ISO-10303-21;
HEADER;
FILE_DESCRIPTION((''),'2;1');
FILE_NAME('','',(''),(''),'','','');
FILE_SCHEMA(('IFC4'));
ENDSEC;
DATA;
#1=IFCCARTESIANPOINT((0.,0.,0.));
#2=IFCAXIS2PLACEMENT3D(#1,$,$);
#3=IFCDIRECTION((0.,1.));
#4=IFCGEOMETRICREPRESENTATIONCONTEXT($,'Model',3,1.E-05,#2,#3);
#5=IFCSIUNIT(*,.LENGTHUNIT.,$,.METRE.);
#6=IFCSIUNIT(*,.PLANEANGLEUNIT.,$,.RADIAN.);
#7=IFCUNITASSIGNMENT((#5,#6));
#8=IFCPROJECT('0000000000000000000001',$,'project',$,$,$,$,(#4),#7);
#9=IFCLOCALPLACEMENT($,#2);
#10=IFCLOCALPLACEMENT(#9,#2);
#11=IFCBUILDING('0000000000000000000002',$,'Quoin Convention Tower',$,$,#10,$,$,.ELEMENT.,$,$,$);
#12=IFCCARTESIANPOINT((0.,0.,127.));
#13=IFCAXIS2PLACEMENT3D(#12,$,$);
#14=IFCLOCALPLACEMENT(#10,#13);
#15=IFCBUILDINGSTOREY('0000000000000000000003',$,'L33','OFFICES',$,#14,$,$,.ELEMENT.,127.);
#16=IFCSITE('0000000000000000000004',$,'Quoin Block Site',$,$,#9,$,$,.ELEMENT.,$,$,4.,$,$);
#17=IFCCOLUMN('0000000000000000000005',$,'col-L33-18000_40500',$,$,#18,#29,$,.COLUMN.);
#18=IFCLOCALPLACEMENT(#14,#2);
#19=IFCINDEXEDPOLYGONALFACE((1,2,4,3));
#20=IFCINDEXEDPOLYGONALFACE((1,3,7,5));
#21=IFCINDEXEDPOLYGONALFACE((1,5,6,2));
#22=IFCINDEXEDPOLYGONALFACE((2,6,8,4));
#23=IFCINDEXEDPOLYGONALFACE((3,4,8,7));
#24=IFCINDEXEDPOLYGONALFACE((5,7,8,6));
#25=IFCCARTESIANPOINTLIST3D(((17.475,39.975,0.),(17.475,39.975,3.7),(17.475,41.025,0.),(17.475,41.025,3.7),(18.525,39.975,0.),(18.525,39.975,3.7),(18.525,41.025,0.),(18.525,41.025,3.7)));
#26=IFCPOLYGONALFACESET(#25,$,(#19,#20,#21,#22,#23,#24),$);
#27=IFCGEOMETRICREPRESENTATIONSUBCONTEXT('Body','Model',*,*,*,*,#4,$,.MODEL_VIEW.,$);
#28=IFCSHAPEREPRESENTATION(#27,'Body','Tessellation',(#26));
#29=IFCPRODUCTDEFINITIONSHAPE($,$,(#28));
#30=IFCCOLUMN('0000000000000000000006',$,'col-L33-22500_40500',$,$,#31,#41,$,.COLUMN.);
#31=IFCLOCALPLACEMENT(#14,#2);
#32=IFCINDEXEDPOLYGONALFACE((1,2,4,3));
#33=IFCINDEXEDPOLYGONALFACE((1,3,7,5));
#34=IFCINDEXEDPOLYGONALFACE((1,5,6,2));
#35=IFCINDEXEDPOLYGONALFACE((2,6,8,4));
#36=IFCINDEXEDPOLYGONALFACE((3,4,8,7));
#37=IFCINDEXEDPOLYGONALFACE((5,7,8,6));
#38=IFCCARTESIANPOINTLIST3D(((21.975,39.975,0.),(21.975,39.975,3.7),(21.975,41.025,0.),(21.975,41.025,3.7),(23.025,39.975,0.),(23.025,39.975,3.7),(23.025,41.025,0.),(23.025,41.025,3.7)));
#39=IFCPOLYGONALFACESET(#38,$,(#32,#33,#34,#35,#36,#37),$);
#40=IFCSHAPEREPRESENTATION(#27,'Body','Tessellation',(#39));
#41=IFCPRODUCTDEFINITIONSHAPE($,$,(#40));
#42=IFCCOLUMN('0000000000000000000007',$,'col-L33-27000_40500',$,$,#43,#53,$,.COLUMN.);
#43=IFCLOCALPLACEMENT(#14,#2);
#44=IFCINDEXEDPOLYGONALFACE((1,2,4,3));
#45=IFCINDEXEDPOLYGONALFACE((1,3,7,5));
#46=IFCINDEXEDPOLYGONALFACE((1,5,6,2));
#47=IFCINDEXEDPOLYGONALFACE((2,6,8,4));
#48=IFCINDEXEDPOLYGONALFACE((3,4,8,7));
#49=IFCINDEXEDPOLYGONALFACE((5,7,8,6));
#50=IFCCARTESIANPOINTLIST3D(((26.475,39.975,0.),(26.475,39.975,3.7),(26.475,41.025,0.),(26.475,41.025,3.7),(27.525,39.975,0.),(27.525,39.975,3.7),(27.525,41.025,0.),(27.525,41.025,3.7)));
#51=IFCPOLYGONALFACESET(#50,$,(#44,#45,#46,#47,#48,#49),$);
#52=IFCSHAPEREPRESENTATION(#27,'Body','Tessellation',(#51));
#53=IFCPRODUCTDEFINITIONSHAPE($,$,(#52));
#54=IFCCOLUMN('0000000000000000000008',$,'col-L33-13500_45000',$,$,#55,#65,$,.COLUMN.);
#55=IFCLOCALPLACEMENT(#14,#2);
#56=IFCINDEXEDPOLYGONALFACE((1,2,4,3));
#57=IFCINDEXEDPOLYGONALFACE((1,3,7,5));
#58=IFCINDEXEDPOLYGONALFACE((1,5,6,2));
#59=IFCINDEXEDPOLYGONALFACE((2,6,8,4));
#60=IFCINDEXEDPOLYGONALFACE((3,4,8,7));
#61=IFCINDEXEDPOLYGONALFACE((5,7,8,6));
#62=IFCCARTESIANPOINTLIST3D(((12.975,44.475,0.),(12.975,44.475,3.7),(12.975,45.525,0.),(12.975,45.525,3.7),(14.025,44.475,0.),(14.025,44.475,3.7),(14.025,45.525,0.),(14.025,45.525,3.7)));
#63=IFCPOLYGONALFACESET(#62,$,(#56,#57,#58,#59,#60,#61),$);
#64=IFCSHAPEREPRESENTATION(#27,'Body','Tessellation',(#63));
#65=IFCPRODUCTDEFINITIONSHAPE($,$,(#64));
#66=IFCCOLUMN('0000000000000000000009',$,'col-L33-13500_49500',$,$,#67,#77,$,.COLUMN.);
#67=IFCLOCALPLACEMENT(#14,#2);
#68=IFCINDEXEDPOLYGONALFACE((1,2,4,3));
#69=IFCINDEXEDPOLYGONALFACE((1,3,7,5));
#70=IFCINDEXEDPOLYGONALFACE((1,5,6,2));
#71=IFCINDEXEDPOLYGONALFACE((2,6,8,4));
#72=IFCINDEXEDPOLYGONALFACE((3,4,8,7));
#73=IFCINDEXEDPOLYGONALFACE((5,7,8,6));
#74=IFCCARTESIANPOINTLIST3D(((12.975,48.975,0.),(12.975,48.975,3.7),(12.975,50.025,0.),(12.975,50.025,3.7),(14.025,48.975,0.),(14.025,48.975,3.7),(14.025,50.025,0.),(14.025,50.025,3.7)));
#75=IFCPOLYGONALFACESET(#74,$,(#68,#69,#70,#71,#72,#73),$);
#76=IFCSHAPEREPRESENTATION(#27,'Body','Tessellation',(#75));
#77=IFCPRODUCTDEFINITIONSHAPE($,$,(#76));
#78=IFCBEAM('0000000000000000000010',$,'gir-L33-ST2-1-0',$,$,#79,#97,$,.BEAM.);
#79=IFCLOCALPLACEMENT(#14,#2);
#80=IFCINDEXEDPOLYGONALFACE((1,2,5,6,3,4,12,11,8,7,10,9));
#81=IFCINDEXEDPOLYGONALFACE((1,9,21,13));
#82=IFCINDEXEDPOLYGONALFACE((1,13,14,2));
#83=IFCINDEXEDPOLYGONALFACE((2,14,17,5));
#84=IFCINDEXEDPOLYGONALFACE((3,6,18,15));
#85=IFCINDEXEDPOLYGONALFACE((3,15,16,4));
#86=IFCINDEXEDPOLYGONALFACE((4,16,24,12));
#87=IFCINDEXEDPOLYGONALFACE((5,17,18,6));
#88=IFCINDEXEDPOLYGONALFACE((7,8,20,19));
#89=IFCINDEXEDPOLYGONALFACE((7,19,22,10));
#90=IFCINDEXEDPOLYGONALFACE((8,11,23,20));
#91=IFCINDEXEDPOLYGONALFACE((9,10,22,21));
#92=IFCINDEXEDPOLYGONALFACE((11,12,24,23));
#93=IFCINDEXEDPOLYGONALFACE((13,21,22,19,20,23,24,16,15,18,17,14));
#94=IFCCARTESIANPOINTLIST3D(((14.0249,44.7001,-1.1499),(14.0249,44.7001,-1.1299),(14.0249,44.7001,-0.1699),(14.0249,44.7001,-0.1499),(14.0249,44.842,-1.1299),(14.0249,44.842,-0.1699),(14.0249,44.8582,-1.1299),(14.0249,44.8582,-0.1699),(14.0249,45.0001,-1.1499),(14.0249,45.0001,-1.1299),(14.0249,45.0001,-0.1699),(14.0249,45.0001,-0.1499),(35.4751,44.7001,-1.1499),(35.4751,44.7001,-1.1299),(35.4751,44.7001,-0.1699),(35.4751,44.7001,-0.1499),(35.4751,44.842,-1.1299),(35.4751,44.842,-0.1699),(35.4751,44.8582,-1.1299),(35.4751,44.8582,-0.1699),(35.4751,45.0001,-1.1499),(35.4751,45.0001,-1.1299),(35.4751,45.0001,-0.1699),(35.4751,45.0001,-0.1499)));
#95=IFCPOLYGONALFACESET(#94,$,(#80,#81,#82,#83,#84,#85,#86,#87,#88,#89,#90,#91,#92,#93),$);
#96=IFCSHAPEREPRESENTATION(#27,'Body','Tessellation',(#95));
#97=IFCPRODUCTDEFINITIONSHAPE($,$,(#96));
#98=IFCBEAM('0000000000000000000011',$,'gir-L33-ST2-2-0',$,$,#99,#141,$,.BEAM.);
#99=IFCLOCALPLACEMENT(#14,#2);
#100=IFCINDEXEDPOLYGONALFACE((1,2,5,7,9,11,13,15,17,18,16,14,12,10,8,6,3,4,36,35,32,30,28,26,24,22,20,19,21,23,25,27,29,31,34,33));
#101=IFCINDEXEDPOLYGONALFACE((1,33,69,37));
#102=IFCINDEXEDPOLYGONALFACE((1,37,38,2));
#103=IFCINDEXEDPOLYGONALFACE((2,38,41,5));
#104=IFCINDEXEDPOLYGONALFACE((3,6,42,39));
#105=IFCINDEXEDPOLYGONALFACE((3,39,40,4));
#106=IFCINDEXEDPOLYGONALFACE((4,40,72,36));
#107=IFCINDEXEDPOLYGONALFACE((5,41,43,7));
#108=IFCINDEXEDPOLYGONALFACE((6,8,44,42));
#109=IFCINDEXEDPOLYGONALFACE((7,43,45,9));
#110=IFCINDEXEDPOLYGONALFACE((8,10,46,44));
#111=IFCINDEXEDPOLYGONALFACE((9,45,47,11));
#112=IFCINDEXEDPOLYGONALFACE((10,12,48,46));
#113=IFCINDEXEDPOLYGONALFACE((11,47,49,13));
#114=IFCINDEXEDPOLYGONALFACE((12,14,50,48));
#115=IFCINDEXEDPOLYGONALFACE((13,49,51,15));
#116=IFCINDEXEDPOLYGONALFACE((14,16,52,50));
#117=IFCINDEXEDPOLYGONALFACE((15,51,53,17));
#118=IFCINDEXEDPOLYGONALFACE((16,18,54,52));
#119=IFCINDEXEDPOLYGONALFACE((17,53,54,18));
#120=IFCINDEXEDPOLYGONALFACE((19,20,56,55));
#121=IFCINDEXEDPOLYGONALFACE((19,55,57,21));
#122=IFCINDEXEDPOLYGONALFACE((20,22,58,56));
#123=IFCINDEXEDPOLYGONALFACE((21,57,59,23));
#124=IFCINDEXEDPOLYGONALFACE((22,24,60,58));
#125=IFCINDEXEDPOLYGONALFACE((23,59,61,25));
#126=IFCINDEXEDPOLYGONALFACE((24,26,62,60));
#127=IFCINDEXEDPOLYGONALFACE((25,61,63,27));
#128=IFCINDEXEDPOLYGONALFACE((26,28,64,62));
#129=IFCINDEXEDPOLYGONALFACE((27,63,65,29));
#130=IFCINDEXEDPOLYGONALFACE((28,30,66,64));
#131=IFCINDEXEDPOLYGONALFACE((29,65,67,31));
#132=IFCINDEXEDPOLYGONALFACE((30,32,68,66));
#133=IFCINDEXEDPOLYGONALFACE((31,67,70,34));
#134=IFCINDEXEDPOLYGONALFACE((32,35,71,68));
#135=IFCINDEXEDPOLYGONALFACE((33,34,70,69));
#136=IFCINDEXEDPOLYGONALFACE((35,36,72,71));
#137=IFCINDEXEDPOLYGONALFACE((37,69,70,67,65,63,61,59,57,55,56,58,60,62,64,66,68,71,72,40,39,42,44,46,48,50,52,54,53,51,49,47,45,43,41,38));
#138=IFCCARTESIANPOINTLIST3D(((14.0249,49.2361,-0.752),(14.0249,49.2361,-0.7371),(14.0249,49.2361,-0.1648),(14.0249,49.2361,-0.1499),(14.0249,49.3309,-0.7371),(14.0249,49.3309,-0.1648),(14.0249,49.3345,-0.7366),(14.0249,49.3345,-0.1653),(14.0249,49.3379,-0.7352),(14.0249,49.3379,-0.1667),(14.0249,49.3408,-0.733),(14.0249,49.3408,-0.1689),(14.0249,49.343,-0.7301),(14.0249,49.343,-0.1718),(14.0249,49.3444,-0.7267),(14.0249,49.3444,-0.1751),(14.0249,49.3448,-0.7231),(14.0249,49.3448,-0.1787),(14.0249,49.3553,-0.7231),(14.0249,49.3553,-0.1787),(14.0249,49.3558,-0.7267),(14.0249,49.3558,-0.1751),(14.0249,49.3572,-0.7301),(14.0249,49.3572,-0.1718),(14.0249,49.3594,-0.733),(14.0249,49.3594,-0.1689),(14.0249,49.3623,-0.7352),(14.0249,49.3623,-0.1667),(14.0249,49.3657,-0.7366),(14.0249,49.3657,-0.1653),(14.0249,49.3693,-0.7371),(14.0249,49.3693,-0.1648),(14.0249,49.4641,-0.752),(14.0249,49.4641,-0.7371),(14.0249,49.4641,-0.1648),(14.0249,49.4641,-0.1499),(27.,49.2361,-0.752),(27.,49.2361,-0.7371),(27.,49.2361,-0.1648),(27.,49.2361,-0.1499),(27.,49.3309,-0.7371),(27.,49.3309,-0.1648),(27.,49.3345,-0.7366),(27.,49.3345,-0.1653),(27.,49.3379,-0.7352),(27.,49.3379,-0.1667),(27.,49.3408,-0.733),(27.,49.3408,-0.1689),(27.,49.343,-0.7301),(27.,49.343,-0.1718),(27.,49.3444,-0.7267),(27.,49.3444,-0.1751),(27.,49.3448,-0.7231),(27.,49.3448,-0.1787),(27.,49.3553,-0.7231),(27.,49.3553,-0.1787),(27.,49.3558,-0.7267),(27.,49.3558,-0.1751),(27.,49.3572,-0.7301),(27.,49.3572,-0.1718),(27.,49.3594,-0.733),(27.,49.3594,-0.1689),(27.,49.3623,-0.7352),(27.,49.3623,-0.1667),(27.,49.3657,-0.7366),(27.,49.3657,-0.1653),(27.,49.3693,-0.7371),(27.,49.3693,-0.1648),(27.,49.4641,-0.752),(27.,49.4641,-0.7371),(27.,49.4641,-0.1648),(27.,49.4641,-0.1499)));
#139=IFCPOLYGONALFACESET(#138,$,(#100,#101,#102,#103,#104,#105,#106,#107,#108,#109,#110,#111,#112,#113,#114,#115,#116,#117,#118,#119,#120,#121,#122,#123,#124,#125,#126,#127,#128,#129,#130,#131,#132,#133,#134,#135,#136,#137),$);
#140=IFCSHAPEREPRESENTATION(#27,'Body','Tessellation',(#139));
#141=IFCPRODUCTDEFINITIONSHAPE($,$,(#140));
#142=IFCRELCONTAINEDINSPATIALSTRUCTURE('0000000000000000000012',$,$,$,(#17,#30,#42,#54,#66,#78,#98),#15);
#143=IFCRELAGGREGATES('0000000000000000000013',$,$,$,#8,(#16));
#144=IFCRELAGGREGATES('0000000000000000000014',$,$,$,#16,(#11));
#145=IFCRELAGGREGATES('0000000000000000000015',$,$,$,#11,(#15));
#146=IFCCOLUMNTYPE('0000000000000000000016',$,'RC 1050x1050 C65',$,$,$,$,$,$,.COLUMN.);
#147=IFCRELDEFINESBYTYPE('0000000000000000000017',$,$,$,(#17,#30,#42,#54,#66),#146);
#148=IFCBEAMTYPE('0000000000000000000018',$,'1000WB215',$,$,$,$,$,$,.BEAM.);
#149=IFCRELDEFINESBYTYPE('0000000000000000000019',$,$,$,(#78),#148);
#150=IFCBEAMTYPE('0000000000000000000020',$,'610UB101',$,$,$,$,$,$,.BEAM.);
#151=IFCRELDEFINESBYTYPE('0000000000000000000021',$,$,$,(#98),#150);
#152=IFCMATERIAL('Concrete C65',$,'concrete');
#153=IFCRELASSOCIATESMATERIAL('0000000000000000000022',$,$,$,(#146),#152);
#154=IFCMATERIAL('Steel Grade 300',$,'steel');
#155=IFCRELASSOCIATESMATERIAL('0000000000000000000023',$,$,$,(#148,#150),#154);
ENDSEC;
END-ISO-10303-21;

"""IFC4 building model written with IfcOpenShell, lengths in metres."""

from ifc_helpers import new_model, si_unit, direction, frame, origin, origin_2d, place, context, subcontext, project, spatial, rectangle, i_section, extrude, material, material_profile, profile_set, type_object, element, save


model = new_model("IFC4")

# Units and contexts
model_context = context("Model", 3, precision=1e-05, world=origin(), true_north=direction((0.0, 1.0)))
body_context = subcontext(model_context, "Body", "Model", "MODEL_VIEW")
ifc_project = project(units=[si_unit("LENGTHUNIT", "METRE"), si_unit("PLANEANGLEUNIT", "RADIAN")], contexts=[model_context])

# Site, building, storey
site_placement = place(None, origin())
site = spatial("IfcSite", under=ifc_project, at=site_placement, Name="Quoin Block Site", CompositionType="ELEMENT", RefElevation=4.0)
building_placement = place(site_placement, origin())
building = spatial("IfcBuilding", under=site, at=building_placement, Name="Quoin Convention Tower", CompositionType="ELEMENT")
storey_placement = place(building_placement, frame((0.0, 0.0, 127.0)))
storey = spatial("IfcBuildingStorey", under=building, at=storey_placement, Name="L33", Description="OFFICES", CompositionType="ELEMENT", Elevation=127.0)

# Columns
ifc_material_1 = material(Name="Concrete C65", Category="concrete")
ifc_material_profile_1 = material_profile(ifc_material_1, rectangle(XDim=1.05, YDim=1.05, at=origin_2d()), Name="RC 1050x1050")
ifc_profile_set_1 = profile_set([ifc_material_profile_1], Name="Concrete C65")
column_type = type_object("IfcColumnType", Name="RC 1050x1050 C65", PredefinedType="COLUMN", material=ifc_profile_set_1)
for number, where, z_axis, x_axis, name in (
    (1, (18.0, 40.5, 0.0), (0.0, 0.0, 1.0), (1.0, 0.0, 0.0), "col-L33-18000_40500"),
    (2, (22.5, 40.5, 0.0), (0.0, 0.0, 1.0), (1.0, 0.0, 0.0), "col-L33-22500_40500"),
    (3, (27.0, 40.5, 0.0), (0.0, 0.0, 1.0), (1.0, 0.0, 0.0), "col-L33-27000_40500"),
    (4, (13.5, 45.0, 0.0), (0.0, 0.0, 1.0), (1.0, 0.0, 0.0), "col-L33-13500_45000"),
    (5, (13.5, 49.5, 0.0), (0.0, 0.0, 1.0), (1.0, 0.0, 0.0), "col-L33-13500_49500"),
):
    element("IfcColumn", number, at=place(storey_placement, frame(where, z_axis=z_axis, x_axis=x_axis)), inside=storey, type_object=column_type, Name=name, PredefinedType="COLUMN", context=body_context, shape_type="SweptSolid", body=[
        extrude(rectangle(XDim=1.05, YDim=1.05, at=origin_2d()), origin(), (0.0, 0.0, 1.0), 3.7),
    ])

# Beams
ifc_material_2 = material(Name="Steel Grade 300", Category="steel")
ifc_material_profile_2 = material_profile(ifc_material_2, i_section(OverallWidth=0.3, OverallDepth=1.0, WebThickness=0.0161, FlangeThickness=0.02, at=origin_2d()), Name="1000WB215")
ifc_profile_set_2 = profile_set([ifc_material_profile_2], Name="Steel Grade 300")
beam_type_1 = type_object("IfcBeamType", Name="1000WB215", PredefinedType="BEAM", material=ifc_profile_set_2)
beam_1_placement = place(storey_placement, frame((14.0249, 44.8501, -0.6499), z_axis=(1.0, 0.0, 0.0), x_axis=(0.0, 1.0, 0.0)))
element("IfcBeam", 6, at=beam_1_placement, inside=storey, type_object=beam_type_1, Name="gir-L33-ST2-1-0", PredefinedType="BEAM", context=body_context, shape_type="SweptSolid", body=[
    extrude(i_section(OverallWidth=0.3, OverallDepth=1.0, WebThickness=0.0161, FlangeThickness=0.02, at=origin_2d()), origin(), (0.0, 0.0, 1.0), 21.4502),
])
ifc_material_profile_3 = material_profile(ifc_material_2, i_section(OverallWidth=0.228, OverallDepth=0.6021, WebThickness=0.0105, FlangeThickness=0.0149, FilletRadius=0.0139, at=origin_2d()), Name="610UB101")
ifc_profile_set_3 = profile_set([ifc_material_profile_3], Name="Steel Grade 300")
beam_type_2 = type_object("IfcBeamType", Name="610UB101", PredefinedType="BEAM", material=ifc_profile_set_3)
beam_2_placement = place(storey_placement, frame((14.0249, 49.3501, -0.4509), z_axis=(1.0, 0.0, 0.0), x_axis=(0.0, 1.0, 0.0)))
element("IfcBeam", 7, at=beam_2_placement, inside=storey, type_object=beam_type_2, Name="gir-L33-ST2-2-0", PredefinedType="BEAM", context=body_context, shape_type="SweptSolid", body=[
    extrude(i_section(OverallWidth=0.228, OverallDepth=0.6021, WebThickness=0.0105, FlangeThickness=0.0149, FilletRadius=0.0139, at=origin_2d()), origin(), (0.0, 0.0, 1.0), 12.9751),
])

save(model, "model.ifc")
